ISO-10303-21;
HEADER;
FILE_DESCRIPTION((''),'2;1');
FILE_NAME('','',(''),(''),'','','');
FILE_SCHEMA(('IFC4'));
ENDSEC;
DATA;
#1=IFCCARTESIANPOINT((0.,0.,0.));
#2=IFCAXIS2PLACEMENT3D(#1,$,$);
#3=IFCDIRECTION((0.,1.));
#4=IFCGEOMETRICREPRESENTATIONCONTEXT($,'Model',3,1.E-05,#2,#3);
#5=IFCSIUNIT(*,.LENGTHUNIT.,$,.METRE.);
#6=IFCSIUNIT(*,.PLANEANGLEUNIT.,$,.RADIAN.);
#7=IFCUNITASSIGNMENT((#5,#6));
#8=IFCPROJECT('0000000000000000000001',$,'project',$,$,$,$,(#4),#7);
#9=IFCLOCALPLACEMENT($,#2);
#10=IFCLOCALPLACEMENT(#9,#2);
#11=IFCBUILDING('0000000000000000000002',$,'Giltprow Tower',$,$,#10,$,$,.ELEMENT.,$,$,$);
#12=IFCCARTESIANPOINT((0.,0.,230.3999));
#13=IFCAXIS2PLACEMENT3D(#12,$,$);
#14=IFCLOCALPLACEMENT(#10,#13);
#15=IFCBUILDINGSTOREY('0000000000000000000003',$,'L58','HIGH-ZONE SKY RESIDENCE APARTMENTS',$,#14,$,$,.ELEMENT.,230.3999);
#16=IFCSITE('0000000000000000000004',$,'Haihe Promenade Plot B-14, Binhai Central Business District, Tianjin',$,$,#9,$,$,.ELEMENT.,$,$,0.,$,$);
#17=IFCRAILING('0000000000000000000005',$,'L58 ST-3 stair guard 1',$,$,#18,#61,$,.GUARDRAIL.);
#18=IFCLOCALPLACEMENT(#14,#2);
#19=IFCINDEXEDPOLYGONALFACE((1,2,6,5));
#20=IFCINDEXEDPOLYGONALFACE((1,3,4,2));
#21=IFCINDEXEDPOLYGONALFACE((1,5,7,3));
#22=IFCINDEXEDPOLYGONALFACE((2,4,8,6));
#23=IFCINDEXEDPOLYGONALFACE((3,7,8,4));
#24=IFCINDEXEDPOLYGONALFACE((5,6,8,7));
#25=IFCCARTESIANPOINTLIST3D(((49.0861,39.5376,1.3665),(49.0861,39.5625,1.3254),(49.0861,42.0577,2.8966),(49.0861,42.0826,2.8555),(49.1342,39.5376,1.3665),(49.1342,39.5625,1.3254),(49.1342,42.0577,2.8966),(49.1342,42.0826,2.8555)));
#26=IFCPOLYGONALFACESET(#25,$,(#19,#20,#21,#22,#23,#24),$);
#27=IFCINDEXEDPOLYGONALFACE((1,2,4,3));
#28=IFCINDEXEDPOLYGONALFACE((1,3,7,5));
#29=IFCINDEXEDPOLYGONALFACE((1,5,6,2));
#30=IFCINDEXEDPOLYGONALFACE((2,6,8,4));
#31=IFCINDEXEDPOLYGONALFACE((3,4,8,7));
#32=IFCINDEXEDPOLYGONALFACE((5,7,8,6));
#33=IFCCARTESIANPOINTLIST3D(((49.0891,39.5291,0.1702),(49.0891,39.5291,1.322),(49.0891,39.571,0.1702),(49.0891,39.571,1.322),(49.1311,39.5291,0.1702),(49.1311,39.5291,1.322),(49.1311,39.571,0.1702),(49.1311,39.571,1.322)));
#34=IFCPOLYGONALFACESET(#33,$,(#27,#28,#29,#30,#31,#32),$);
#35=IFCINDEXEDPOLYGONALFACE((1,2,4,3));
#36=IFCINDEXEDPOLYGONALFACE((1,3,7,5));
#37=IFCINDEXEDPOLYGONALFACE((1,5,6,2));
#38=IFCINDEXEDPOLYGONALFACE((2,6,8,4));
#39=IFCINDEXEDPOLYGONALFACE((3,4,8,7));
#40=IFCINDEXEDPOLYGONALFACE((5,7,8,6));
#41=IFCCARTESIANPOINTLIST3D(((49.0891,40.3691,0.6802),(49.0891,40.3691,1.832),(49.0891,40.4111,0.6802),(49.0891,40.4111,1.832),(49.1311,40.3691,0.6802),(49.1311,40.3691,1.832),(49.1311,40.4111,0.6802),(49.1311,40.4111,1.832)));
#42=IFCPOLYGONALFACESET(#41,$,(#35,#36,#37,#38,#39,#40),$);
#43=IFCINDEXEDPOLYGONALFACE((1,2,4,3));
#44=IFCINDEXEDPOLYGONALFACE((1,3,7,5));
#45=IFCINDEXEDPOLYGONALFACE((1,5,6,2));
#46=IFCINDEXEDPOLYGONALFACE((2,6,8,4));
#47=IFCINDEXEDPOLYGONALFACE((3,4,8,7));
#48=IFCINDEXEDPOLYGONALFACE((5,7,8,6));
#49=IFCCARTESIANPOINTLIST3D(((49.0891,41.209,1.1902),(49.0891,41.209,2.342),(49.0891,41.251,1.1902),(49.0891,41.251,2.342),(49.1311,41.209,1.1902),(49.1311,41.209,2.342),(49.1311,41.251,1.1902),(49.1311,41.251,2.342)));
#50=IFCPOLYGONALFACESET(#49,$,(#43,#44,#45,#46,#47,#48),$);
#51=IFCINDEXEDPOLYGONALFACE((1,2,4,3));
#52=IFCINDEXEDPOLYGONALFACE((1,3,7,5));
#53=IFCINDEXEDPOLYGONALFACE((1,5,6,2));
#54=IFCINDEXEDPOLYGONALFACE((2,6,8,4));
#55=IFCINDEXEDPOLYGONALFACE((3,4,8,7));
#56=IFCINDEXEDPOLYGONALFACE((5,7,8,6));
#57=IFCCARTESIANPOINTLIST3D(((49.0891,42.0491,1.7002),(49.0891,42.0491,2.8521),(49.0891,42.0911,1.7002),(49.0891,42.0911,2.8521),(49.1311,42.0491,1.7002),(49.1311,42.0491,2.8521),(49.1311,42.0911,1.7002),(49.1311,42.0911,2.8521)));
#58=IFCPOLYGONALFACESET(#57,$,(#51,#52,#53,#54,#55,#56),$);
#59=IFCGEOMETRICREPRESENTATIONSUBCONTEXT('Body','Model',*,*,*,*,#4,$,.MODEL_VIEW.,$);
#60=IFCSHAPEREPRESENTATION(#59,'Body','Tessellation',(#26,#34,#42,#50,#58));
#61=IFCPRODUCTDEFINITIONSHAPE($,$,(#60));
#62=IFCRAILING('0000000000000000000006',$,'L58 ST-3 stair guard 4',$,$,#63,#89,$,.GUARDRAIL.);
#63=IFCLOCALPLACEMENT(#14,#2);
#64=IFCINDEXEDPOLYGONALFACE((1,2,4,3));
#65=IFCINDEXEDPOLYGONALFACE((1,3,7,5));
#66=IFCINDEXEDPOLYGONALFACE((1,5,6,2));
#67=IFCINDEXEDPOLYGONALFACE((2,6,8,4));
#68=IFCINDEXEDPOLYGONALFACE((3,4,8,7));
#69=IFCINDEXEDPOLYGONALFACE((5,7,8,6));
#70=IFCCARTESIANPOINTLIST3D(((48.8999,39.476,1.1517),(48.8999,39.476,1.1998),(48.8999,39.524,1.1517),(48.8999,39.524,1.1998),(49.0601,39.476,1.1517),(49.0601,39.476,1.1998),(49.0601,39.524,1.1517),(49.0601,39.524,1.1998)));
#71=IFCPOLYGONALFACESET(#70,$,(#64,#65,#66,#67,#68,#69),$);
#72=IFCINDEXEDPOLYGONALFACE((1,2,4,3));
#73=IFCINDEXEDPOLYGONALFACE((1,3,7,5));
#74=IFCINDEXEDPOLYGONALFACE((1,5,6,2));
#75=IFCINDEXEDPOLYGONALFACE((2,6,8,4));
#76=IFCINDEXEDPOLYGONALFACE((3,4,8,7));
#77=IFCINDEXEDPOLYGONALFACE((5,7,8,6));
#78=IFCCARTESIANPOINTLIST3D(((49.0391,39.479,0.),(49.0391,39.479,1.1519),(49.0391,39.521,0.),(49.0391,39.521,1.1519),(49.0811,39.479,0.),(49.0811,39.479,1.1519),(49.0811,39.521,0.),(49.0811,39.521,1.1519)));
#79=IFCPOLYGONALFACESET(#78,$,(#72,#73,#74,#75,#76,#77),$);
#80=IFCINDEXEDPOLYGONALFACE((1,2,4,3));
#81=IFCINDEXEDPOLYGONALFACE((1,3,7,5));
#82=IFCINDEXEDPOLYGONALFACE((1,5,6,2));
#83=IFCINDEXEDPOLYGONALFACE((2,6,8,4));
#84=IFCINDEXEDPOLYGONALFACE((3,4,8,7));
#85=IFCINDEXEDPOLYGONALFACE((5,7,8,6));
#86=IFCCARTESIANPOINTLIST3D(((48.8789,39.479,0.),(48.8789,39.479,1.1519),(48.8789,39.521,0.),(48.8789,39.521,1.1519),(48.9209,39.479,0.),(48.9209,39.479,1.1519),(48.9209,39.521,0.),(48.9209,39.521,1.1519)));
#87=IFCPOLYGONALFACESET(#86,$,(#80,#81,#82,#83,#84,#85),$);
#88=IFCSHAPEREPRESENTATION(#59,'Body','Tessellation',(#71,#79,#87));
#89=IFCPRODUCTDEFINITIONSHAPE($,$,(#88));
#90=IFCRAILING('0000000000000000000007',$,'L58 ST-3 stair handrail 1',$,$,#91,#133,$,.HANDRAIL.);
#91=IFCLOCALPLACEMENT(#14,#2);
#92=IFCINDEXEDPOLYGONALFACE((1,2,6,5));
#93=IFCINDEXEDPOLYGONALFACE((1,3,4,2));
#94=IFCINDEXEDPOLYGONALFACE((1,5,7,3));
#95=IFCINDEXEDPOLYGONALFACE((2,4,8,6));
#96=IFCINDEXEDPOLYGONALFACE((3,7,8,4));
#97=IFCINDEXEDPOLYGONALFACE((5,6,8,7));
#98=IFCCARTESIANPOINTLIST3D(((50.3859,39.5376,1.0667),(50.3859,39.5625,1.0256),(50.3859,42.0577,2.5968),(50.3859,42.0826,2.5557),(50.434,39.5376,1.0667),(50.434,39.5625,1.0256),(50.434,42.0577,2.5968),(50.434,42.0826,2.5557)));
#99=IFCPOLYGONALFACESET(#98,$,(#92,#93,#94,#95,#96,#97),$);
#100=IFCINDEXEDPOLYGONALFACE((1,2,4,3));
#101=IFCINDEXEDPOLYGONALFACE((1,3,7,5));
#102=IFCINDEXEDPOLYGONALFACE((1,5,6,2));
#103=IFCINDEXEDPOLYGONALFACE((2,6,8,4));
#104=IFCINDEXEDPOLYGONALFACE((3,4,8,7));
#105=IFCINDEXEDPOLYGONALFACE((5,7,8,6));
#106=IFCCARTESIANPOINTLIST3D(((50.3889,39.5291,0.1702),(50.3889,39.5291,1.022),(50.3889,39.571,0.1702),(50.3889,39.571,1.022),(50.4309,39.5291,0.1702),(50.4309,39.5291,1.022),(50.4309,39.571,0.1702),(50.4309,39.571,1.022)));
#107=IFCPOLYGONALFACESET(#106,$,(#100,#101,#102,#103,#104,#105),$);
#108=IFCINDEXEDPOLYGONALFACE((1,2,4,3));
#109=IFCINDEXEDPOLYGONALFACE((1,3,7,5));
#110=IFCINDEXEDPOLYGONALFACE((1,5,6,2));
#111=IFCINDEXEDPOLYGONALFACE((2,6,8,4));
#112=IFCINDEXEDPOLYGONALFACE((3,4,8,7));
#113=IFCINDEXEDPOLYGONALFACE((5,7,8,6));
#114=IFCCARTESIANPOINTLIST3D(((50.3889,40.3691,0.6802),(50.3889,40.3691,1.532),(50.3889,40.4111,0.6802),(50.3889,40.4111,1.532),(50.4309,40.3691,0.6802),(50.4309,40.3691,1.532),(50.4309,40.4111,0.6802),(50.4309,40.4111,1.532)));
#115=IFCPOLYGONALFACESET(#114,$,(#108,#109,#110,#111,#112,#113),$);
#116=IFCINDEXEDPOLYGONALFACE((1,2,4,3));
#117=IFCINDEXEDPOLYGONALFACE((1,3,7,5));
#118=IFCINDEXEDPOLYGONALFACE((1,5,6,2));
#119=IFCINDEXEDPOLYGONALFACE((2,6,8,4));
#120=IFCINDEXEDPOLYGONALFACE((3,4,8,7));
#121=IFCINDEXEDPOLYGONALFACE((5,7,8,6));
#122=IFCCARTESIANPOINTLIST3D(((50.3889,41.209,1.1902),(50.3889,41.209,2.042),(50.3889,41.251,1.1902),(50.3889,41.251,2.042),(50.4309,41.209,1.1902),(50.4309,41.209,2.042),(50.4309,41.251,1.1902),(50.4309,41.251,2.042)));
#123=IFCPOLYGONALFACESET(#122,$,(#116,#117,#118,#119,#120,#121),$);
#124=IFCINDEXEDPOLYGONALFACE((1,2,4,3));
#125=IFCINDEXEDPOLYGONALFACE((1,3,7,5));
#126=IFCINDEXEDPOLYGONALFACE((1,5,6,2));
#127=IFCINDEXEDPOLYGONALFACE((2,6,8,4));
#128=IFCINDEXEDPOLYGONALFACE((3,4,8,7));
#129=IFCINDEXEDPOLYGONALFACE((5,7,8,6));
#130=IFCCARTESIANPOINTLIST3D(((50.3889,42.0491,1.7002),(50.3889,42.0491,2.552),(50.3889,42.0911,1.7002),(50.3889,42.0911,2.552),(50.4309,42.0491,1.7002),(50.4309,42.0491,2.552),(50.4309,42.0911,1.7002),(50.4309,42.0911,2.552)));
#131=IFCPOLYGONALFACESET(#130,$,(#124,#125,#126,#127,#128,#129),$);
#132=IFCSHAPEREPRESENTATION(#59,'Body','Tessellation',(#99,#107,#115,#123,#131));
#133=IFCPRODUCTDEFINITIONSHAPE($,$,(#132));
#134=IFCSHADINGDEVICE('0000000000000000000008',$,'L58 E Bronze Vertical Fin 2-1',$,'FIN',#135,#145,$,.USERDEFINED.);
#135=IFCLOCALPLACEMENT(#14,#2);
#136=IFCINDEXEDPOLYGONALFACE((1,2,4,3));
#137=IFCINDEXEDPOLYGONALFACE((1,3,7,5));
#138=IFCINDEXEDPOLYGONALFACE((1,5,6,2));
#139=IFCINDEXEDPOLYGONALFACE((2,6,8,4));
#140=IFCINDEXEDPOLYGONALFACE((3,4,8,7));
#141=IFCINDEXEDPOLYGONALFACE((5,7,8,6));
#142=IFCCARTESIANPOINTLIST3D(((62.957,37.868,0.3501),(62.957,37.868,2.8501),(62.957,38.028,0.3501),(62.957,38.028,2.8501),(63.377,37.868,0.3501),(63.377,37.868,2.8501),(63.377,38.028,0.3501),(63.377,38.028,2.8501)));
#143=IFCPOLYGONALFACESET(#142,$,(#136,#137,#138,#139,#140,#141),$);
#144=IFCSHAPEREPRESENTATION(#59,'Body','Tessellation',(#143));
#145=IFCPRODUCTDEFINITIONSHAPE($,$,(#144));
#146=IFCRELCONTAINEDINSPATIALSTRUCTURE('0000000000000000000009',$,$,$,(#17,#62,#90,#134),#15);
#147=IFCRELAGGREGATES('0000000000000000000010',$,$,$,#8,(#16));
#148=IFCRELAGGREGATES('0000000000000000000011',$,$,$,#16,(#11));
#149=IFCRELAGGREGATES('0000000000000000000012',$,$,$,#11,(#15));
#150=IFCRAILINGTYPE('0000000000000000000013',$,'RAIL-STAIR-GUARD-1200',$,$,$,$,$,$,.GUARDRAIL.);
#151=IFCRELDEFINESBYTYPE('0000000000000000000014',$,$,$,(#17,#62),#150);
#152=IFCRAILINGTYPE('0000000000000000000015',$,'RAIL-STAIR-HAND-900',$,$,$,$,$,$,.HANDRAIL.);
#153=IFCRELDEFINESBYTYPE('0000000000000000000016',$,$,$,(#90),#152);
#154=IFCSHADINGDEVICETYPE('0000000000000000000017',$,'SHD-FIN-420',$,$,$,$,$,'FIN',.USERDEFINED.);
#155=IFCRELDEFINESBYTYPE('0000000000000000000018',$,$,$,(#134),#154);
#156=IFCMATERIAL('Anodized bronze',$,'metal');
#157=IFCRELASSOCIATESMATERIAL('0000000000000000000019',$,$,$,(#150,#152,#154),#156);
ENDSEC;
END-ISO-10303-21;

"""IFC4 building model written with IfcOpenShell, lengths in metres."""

from ifc_helpers import new_model, si_unit, direction, frame, origin, origin_2d, place, context, subcontext, project, spatial, rectangle, extrude, source, transform, mapped, material, type_object, element, save


model = new_model("IFC4")

# Units and contexts
model_context = context("Model", 3, precision=1e-05, world=origin(), true_north=direction((0.0, 1.0)))
body_context = subcontext(model_context, "Body", "Model", "MODEL_VIEW")
ifc_project = project(units=[si_unit("LENGTHUNIT", "METRE"), si_unit("PLANEANGLEUNIT", "RADIAN")], contexts=[model_context])

# Site, building, storey
site_placement = place(None, origin())
site = spatial("IfcSite", under=ifc_project, at=site_placement, Name="Haihe Promenade Plot B-14, Binhai Central Business District, Tianjin", CompositionType="ELEMENT", RefElevation=0.0)
building_placement = place(site_placement, origin())
building = spatial("IfcBuilding", under=site, at=building_placement, Name="Giltprow Tower", CompositionType="ELEMENT")
storey_placement = place(building_placement, frame((0.0, 0.0, 230.3999)))
storey = spatial("IfcBuildingStorey", under=building, at=storey_placement, Name="L58", Description="HIGH-ZONE SKY RESIDENCE APARTMENTS", CompositionType="ELEMENT", Elevation=230.3999)

# Railings
ifc_material_1 = material(Name="Anodized bronze", Category="metal")
railing_type_1 = type_object("IfcRailingType", Name="RAIL-STAIR-GUARD-1200", PredefinedType="GUARDRAIL", material=ifc_material_1)
railing_1_placement = place(storey_placement, frame((49.1101, 39.55, 0.1702)))
element("IfcRailing", 1, at=railing_1_placement, inside=storey, type_object=railing_type_1, Name="L58 ST-3 stair guard 1", PredefinedType="GUARDRAIL", context=body_context, shape_type="SweptSolid", body=[
    extrude(rectangle(XDim=0.0481, YDim=0.0481, at=origin_2d()), frame((0.0, 0.0, 1.1758), z_axis=(0.0, 0.854785, 0.518982), x_axis=(-1.0, 0.0, 0.0)), (0.0, 0.0, 1.0), 2.9482),
    extrude(rectangle(XDim=0.042, YDim=0.042, at=origin_2d()), origin(), (0.0, 0.0, 1.0), 1.1519),
    extrude(rectangle(XDim=0.042, YDim=0.042, at=origin_2d()), frame((0.0, 0.8401, 0.51)), (0.0, 0.0, 1.0), 1.1519),
    extrude(rectangle(XDim=0.042, YDim=0.042, at=origin_2d()), frame((0.0, 1.6799, 1.02)), (0.0, 0.0, 1.0), 1.1519),
    extrude(rectangle(XDim=0.042, YDim=0.042, at=origin_2d()), frame((0.0, 2.52, 1.53)), (0.0, 0.0, 1.0), 1.1519),
])
railing_2_placement = place(storey_placement, frame((49.0601, 39.5, 0.0)))
element("IfcRailing", 2, at=railing_2_placement, inside=storey, type_object=railing_type_1, Name="L58 ST-3 stair guard 4", PredefinedType="GUARDRAIL", context=body_context, shape_type="SweptSolid", body=[
    extrude(rectangle(XDim=0.0481, YDim=0.0481, at=origin_2d()), frame((0.0, 0.0, 1.1758), z_axis=(-1.0, 0.0, 0.0), x_axis=(0.0, -1.0, 0.0)), (0.0, 0.0, 1.0), 0.1602),
    extrude(rectangle(XDim=0.042, YDim=0.042, at=origin_2d()), origin(), (0.0, 0.0, 1.0), 1.1519),
    extrude(rectangle(XDim=0.042, YDim=0.042, at=origin_2d()), frame((-0.1602, 0.0, 0.0)), (0.0, 0.0, 1.0), 1.1519),
])
railing_type_2 = type_object("IfcRailingType", Name="RAIL-STAIR-HAND-900", PredefinedType="HANDRAIL", material=ifc_material_1)
railing_3_placement = place(storey_placement, frame((50.4099, 39.55, 0.1702)))
element("IfcRailing", 3, at=railing_3_placement, inside=storey, type_object=railing_type_2, Name="L58 ST-3 stair handrail 1", PredefinedType="HANDRAIL", context=body_context, shape_type="SweptSolid", body=[
    extrude(rectangle(XDim=0.0481, YDim=0.0481, at=origin_2d()), frame((0.0, 0.0, 0.876), z_axis=(0.0, 0.854785, 0.518982), x_axis=(-1.0, 0.0, 0.0)), (0.0, 0.0, 1.0), 2.9482),
    extrude(rectangle(XDim=0.042, YDim=0.042, at=origin_2d()), origin(), (0.0, 0.0, 1.0), 0.8518),
    extrude(rectangle(XDim=0.042, YDim=0.042, at=origin_2d()), frame((0.0, 0.8401, 0.51)), (0.0, 0.0, 1.0), 0.8518),
    extrude(rectangle(XDim=0.042, YDim=0.042, at=origin_2d()), frame((0.0, 1.6799, 1.02)), (0.0, 0.0, 1.0), 0.8518),
    extrude(rectangle(XDim=0.042, YDim=0.042, at=origin_2d()), frame((0.0, 2.52, 1.53)), (0.0, 0.0, 1.0), 0.8518),
])

# Shading device
shading_device_type = type_object("IfcShadingDeviceType", Name="SHD-FIN-420", ElementType="FIN", PredefinedType="USERDEFINED", material=ifc_material_1)
shared_shape_1 = source(origin(), body_context, "Body", "SweptSolid", [
    extrude(rectangle(XDim=0.4199, YDim=0.1599, at=origin_2d()), origin(), (0.0, 0.0, 1.0), 2.5),
])
shading_device_placement = place(storey_placement, frame((63.167, 37.948, 0.3501), z_axis=(0.0, 0.0, 1.0), x_axis=(1.0, 0.0, 0.0)))
element("IfcShadingDevice", 4, at=shading_device_placement, inside=storey, type_object=shading_device_type, Name="L58 E Bronze Vertical Fin 2-1", ObjectType="FIN", PredefinedType="USERDEFINED", context=body_context, shape_type="MappedRepresentation", body=[
    mapped(shared_shape_1, transform((0.0, 0.0, 0.0), x_axis=(1.0, 0.0, 0.0), y_axis=(0.0, 1.0, 0.0), z_axis=(0.0, 0.0, 1.0), scale=1.0)),
])

save(model, "model.ifc")
